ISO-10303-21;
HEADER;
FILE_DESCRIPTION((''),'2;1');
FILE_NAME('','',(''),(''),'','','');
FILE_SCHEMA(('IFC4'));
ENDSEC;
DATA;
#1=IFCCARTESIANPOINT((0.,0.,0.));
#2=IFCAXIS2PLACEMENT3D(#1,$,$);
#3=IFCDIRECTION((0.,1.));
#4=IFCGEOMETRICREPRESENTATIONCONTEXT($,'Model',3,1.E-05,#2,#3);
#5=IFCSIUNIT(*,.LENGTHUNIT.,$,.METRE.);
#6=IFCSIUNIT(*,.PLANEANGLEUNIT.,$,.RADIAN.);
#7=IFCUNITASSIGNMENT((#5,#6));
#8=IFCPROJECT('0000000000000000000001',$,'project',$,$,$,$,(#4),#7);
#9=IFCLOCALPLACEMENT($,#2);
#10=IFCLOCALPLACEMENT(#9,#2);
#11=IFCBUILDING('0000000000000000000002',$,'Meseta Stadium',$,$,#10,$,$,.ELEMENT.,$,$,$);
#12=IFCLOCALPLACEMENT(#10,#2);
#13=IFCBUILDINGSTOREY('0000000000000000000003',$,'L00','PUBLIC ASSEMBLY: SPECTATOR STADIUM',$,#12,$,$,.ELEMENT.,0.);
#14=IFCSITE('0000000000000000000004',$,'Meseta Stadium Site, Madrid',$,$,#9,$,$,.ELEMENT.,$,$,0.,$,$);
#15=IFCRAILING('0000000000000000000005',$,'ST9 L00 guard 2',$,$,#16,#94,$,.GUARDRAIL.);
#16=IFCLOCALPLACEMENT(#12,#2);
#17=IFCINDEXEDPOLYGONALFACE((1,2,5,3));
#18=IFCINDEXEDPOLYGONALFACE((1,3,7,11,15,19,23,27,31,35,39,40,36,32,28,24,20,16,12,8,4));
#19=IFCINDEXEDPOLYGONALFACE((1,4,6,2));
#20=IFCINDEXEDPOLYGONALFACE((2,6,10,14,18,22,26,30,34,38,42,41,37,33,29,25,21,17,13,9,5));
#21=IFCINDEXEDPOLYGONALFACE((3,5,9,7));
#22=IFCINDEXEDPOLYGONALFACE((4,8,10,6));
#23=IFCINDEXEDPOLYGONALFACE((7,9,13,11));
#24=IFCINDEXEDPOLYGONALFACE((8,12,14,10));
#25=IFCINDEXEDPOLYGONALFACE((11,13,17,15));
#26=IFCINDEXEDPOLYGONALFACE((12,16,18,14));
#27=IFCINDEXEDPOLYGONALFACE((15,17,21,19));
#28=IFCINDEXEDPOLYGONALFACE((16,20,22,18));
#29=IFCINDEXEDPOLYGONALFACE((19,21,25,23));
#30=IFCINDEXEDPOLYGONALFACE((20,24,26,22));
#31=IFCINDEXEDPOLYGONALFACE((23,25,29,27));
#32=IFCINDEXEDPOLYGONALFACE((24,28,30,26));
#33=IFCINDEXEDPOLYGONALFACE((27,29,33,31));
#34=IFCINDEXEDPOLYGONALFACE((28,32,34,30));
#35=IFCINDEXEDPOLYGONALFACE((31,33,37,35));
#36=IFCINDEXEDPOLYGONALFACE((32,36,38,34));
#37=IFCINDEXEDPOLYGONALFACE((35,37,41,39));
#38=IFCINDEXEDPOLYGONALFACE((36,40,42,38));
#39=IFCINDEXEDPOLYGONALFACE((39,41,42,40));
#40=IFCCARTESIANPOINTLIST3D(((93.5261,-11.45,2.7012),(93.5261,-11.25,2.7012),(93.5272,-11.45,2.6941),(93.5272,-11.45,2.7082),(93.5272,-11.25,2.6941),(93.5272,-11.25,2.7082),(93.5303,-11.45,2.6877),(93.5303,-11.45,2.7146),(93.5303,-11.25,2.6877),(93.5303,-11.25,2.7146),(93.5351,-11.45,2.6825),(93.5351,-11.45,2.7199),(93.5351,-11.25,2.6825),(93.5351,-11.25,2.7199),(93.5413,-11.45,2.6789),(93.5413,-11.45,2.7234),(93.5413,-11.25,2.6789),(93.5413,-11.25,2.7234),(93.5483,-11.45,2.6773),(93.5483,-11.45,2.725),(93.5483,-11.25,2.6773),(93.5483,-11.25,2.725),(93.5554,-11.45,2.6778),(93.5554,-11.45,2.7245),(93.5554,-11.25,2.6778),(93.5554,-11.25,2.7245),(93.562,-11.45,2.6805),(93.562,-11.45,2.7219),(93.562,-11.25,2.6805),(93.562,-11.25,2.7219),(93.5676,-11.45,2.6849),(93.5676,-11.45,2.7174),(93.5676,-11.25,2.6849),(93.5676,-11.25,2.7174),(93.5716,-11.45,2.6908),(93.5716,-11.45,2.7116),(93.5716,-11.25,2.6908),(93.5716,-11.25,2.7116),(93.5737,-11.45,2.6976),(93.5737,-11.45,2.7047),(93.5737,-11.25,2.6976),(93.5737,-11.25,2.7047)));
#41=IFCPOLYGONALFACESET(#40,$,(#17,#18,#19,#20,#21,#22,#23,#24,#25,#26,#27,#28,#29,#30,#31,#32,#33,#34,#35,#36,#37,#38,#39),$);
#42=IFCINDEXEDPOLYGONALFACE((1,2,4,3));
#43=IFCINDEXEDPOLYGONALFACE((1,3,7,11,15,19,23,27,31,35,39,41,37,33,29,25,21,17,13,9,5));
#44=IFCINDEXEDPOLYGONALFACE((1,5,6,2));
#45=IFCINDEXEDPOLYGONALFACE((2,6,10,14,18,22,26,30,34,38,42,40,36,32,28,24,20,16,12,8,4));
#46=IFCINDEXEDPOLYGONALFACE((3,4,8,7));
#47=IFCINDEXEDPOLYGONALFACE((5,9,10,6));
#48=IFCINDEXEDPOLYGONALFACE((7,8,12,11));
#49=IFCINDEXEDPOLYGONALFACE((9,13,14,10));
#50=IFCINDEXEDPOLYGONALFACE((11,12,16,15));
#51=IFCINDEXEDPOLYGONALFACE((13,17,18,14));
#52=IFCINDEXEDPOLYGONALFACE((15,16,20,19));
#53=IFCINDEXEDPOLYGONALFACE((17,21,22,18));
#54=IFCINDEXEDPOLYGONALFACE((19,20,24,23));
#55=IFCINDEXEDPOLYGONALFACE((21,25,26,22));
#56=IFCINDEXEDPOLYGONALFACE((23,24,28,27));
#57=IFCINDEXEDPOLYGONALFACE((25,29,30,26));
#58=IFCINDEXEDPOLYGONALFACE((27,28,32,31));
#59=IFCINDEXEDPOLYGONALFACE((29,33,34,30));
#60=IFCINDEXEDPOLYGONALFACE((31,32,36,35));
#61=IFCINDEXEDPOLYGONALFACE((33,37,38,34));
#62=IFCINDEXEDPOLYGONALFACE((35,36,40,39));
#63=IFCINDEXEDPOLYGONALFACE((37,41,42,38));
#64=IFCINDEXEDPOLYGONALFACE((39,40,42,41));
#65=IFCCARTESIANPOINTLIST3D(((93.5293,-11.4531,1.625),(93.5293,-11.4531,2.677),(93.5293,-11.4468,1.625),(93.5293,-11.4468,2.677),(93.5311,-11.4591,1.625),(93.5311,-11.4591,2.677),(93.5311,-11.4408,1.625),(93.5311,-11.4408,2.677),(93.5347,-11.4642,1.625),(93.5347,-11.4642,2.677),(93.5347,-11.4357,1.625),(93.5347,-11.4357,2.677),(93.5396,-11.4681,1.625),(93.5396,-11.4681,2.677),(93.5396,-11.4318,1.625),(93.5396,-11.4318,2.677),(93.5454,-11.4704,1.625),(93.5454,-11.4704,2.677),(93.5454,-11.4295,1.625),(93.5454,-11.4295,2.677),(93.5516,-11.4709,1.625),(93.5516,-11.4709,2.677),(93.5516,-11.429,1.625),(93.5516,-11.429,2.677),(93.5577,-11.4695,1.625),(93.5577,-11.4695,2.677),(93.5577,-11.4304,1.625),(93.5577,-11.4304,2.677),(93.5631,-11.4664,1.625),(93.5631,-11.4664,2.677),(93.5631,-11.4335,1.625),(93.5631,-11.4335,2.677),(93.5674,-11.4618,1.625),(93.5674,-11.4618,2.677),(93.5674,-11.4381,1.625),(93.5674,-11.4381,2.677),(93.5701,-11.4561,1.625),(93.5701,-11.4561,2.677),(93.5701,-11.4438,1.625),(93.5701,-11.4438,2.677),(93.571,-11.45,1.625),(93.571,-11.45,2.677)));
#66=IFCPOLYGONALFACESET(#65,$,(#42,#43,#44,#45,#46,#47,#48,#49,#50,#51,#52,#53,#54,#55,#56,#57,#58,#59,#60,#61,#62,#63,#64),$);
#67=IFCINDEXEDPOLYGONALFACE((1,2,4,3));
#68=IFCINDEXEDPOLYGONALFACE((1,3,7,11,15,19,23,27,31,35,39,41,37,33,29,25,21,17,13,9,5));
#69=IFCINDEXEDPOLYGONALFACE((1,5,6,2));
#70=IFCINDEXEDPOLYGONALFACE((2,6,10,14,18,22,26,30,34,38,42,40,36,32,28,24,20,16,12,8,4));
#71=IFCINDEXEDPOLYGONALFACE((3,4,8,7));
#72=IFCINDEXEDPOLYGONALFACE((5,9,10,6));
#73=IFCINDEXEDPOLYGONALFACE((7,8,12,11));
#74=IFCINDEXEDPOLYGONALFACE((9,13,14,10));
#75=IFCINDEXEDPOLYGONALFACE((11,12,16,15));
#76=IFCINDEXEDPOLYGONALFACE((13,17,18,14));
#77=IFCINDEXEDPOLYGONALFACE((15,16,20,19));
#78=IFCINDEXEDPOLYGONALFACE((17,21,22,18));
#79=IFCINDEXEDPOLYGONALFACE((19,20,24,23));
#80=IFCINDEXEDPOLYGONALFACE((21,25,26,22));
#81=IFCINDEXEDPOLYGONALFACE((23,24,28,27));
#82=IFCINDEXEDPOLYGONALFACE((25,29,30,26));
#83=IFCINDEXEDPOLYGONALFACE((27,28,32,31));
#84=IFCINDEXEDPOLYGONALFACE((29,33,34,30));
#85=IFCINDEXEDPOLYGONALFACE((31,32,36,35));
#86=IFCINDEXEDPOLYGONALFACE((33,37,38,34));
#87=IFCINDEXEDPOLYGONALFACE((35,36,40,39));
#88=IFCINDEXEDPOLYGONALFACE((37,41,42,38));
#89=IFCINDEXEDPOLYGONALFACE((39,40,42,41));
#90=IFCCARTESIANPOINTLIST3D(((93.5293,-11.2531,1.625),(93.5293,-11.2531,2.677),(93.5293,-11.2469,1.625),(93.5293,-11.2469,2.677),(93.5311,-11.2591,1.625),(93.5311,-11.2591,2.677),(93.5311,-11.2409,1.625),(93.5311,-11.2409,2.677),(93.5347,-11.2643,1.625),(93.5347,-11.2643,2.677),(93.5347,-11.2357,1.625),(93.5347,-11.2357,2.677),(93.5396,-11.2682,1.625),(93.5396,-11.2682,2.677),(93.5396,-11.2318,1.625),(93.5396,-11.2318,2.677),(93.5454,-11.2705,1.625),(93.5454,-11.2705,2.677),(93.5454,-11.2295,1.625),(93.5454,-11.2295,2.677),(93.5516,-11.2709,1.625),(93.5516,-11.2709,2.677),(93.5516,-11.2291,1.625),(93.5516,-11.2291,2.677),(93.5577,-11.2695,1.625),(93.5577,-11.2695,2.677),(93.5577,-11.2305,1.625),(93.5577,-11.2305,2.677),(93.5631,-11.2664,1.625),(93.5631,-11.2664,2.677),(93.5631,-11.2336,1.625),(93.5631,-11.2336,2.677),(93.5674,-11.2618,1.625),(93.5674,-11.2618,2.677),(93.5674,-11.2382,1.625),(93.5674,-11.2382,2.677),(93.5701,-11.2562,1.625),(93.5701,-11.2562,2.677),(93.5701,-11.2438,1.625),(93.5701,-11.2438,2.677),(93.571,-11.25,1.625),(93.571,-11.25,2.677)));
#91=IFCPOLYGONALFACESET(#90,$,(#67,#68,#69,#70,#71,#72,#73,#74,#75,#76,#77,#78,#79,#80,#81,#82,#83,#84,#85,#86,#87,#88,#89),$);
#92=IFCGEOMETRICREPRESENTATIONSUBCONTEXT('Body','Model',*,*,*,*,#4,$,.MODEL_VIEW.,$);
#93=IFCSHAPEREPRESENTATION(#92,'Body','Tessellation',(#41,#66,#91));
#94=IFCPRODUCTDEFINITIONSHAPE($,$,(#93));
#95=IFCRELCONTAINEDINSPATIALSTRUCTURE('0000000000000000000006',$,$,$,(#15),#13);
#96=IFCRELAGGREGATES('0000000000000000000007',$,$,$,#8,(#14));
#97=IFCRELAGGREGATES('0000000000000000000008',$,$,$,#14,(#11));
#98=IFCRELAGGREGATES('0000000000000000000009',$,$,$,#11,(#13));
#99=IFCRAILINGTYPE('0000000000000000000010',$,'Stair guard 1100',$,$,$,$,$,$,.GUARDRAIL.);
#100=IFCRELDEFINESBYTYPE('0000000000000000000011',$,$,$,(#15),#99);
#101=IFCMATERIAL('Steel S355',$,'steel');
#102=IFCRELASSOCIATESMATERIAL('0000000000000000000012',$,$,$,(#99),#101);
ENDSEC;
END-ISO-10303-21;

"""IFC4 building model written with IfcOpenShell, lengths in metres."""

from ifc_helpers import new_model, si_unit, direction, frame, origin, origin_2d, place, context, subcontext, project, spatial, circle, extrude, material, type_object, element, save


model = new_model("IFC4")

# Units and contexts
model_context = context("Model", 3, precision=1e-05, world=origin(), true_north=direction((0.0, 1.0)))
body_context = subcontext(model_context, "Body", "Model", "MODEL_VIEW")
ifc_project = project(units=[si_unit("LENGTHUNIT", "METRE"), si_unit("PLANEANGLEUNIT", "RADIAN")], contexts=[model_context])

# Site, building, storey
site_placement = place(None, origin())
site = spatial("IfcSite", under=ifc_project, at=site_placement, Name="Meseta Stadium Site, Madrid", CompositionType="ELEMENT", RefElevation=0.0)
building_placement = place(site_placement, origin())
building = spatial("IfcBuilding", under=site, at=building_placement, Name="Meseta Stadium", CompositionType="ELEMENT")
storey_placement = place(building_placement, origin())
storey = spatial("IfcBuildingStorey", under=building, at=storey_placement, Name="L00", Description="PUBLIC ASSEMBLY: SPECTATOR STADIUM", CompositionType="ELEMENT", Elevation=0.0)

# Railing
ifc_material_1 = material(Name="Steel S355", Category="steel")
railing_type_1 = type_object("IfcRailingType", Name="Stair guard 1100", PredefinedType="GUARDRAIL", material=ifc_material_1)
railing_1_placement = place(storey_placement, frame((93.55, -11.45, 1.625)))
element("IfcRailing", 1, at=railing_1_placement, inside=storey, type_object=railing_type_1, Name="ST9 L00 guard 2", PredefinedType="GUARDRAIL", context=body_context, shape_type="SweptSolid", body=[
    extrude(circle(Radius=0.0239, at=origin_2d()), frame((0.0, 0.0, 1.0762), z_axis=(0.0, 1.0, 0.0), x_axis=(-1.0, 0.0, 0.0)), (0.0, 0.0, 1.0), 0.2),
    extrude(circle(Radius=0.021, at=origin_2d()), origin(), (0.0, 0.0, 1.0), 1.052),
    extrude(circle(Radius=0.021, at=origin_2d()), frame((0.0, 0.2, 0.0)), (0.0, 0.0, 1.0), 1.052),
])

save(model, "model.ifc")
